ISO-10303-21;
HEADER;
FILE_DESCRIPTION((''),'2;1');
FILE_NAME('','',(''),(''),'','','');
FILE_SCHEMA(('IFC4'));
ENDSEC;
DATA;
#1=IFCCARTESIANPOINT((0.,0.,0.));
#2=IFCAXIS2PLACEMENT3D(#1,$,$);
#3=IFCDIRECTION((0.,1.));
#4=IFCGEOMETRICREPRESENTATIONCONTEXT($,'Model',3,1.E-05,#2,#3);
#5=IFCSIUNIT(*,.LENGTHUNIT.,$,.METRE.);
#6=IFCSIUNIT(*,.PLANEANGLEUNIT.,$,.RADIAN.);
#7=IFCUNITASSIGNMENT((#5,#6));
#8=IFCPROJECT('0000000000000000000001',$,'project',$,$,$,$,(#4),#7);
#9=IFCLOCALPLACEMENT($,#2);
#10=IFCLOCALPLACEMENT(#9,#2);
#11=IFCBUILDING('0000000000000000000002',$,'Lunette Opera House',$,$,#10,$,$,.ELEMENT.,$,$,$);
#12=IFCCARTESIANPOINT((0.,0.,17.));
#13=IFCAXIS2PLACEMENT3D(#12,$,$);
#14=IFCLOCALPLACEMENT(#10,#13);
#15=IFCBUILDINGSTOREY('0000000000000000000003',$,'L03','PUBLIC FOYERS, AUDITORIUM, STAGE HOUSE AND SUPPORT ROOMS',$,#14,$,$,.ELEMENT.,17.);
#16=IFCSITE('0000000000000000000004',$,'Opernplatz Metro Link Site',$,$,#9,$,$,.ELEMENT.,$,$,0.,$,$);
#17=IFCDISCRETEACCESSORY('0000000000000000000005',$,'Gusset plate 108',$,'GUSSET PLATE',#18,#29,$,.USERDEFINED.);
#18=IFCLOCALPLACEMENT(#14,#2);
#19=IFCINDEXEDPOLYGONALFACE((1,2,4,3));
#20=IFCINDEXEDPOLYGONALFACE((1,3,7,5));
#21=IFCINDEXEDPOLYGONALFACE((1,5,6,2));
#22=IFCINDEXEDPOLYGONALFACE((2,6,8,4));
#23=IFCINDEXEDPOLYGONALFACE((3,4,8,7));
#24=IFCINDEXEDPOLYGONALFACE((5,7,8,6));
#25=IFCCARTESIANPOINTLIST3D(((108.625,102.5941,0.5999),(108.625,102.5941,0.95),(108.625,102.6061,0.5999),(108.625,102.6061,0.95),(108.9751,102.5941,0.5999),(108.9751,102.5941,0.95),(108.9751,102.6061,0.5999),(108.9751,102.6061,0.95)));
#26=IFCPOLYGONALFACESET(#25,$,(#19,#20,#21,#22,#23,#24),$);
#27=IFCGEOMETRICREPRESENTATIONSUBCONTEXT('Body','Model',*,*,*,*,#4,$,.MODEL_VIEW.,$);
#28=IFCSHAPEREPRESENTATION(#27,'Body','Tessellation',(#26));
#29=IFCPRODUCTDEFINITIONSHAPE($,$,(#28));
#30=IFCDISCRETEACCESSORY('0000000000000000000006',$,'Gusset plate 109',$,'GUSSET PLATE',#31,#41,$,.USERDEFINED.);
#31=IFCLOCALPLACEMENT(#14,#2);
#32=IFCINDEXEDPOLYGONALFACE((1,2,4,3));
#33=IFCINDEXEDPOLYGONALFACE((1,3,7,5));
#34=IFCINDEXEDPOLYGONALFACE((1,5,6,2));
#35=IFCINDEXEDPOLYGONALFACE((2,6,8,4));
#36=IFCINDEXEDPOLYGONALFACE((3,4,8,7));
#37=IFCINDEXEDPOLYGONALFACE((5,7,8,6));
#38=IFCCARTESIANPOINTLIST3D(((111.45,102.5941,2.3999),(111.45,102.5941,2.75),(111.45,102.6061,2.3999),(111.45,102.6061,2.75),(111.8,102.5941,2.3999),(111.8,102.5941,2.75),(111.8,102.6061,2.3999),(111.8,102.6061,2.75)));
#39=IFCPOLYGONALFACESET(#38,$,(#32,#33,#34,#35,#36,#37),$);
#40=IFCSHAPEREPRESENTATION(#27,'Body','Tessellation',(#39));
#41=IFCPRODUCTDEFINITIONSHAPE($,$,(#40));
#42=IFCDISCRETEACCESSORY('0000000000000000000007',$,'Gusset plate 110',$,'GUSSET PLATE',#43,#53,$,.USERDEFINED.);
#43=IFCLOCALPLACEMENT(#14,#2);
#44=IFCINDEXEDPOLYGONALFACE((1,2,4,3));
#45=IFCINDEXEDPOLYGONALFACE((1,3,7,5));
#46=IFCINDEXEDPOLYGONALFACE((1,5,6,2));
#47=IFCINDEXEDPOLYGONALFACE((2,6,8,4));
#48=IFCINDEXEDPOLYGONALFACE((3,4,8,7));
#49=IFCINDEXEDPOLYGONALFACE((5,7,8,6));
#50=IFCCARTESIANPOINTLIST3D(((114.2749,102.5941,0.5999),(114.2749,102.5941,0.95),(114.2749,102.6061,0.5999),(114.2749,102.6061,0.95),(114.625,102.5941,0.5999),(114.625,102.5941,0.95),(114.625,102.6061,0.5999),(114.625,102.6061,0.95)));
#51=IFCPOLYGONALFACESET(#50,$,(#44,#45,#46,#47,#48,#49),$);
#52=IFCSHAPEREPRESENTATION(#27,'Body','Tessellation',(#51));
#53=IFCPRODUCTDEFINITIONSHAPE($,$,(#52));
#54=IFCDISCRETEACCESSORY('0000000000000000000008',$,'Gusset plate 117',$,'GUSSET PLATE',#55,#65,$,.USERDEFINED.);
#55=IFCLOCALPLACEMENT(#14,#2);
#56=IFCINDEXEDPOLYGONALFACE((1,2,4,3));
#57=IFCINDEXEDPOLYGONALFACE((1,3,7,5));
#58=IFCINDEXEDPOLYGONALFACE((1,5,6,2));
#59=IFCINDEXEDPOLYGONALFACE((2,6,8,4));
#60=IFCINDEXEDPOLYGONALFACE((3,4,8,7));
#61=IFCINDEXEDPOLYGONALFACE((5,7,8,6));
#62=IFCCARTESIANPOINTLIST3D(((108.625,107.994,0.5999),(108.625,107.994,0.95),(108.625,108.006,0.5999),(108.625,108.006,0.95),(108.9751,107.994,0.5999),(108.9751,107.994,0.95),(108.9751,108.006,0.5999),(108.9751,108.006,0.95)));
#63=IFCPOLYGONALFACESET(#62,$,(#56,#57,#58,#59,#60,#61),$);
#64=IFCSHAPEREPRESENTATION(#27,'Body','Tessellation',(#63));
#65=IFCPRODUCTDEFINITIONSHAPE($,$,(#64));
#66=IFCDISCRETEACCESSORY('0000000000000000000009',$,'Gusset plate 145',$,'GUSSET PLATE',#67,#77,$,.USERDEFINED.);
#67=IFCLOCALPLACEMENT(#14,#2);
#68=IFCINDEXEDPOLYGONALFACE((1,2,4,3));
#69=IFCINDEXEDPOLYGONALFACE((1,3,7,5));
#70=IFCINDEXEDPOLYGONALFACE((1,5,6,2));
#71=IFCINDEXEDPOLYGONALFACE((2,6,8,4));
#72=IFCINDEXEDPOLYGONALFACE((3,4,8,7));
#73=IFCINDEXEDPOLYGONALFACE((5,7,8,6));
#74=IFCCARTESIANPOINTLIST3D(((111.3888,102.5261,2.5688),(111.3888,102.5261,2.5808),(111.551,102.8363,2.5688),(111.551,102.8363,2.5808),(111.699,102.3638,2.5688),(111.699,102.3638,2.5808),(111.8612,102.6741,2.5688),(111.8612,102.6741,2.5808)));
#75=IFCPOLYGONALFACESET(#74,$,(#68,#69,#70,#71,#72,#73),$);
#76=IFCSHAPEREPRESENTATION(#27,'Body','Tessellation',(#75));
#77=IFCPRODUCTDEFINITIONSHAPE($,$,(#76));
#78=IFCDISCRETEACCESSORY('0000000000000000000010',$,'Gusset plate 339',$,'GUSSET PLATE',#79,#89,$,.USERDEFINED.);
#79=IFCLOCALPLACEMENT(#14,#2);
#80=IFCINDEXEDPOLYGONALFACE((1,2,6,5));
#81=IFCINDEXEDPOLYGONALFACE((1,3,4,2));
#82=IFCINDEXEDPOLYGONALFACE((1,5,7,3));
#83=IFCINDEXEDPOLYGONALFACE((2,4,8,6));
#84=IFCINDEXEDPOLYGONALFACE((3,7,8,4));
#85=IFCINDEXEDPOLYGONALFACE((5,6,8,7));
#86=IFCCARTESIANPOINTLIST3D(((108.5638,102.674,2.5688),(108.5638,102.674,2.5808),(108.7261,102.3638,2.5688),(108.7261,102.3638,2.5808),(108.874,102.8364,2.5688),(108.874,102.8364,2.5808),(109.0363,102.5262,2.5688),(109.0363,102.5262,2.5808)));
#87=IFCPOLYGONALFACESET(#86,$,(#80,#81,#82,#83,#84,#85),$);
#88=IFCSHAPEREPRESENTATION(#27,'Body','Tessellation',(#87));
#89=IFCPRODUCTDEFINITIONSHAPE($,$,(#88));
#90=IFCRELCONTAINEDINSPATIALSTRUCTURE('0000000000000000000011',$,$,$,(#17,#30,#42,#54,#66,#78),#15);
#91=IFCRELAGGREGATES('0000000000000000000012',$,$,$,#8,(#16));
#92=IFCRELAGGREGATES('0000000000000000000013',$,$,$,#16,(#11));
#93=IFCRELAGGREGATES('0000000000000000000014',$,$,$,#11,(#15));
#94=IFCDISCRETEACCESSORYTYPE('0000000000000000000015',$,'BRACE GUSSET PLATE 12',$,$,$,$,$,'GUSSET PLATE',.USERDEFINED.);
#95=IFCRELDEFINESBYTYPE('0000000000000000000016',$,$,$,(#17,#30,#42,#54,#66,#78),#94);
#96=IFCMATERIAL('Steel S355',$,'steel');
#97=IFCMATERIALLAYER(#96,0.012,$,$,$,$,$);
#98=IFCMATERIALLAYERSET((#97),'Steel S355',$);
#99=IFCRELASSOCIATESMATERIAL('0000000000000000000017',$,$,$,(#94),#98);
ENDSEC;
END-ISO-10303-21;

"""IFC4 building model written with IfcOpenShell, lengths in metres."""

from ifc_helpers import new_model, si_unit, direction, frame, origin, origin_2d, place, context, subcontext, project, spatial, rectangle, extrude, material, layer, layer_set, type_object, element, save


model = new_model("IFC4")

# Units and contexts
model_context = context("Model", 3, precision=1e-05, world=origin(), true_north=direction((0.0, 1.0)))
body_context = subcontext(model_context, "Body", "Model", "MODEL_VIEW")
ifc_project = project(units=[si_unit("LENGTHUNIT", "METRE"), si_unit("PLANEANGLEUNIT", "RADIAN")], contexts=[model_context])

# Site, building, storey
site_placement = place(None, origin())
site = spatial("IfcSite", under=ifc_project, at=site_placement, Name="Opernplatz Metro Link Site", CompositionType="ELEMENT", RefElevation=0.0)
building_placement = place(site_placement, origin())
building = spatial("IfcBuilding", under=site, at=building_placement, Name="Lunette Opera House", CompositionType="ELEMENT")
storey_placement = place(building_placement, frame((0.0, 0.0, 17.0)))
storey = spatial("IfcBuildingStorey", under=building, at=storey_placement, Name="L03", Description="PUBLIC FOYERS, AUDITORIUM, STAGE HOUSE AND SUPPORT ROOMS", CompositionType="ELEMENT", Elevation=17.0)

# Discrete accessories
ifc_material_1 = material(Name="Steel S355", Category="steel")
ifc_layer_1 = layer(ifc_material_1, 0.012)
ifc_layer_set_1 = layer_set([ifc_layer_1], Name="Steel S355")
discrete_accessory_type = type_object("IfcDiscreteAccessoryType", Name="BRACE GUSSET PLATE 12", ElementType="GUSSET PLATE", PredefinedType="USERDEFINED", material=ifc_layer_set_1)
for number, where, z_axis, x_axis, name in (
    (1, (108.8, 102.6001, 0.5999), (0.0, 0.0, 1.0), (1.0, 0.0, 0.0), "Gusset plate 108"),
    (2, (111.625, 102.6001, 2.3999), (0.0, 0.0, 1.0), (1.0, 0.0, 0.0), "Gusset plate 109"),
    (3, (114.45, 102.6001, 0.5999), (0.0, 0.0, 1.0), (1.0, 0.0, 0.0), "Gusset plate 110"),
    (4, (108.8, 108.0, 0.5999), (0.0, 0.0, 1.0), (1.0, 0.0, 0.0), "Gusset plate 117"),
):
    element("IfcDiscreteAccessory", number, at=place(storey_placement, frame(where, z_axis=z_axis, x_axis=x_axis)), inside=storey, type_object=discrete_accessory_type, Name=name, ObjectType="GUSSET PLATE", PredefinedType="USERDEFINED", context=body_context, shape_type="SweptSolid", body=[
        extrude(rectangle(XDim=0.3501, YDim=0.012, at=origin_2d()), origin(), (0.0, 0.0, 1.0), 0.3501),
    ])
for number, where, z_axis, x_axis, name in (
    (5, (111.625, 102.6001, 2.5688), (0.0, 0.0, 1.0), (0.463547, 0.886073, 0.0), "Gusset plate 145"),
    (6, (108.8, 102.6001, 2.5688), (0.0, 0.0, 1.0), (-0.463676, 0.886005, 0.0), "Gusset plate 339"),
):
    element("IfcDiscreteAccessory", number, at=place(storey_placement, frame(where, z_axis=z_axis, x_axis=x_axis)), inside=storey, type_object=discrete_accessory_type, Name=name, ObjectType="GUSSET PLATE", PredefinedType="USERDEFINED", context=body_context, shape_type="SweptSolid", body=[
        extrude(rectangle(XDim=0.3501, YDim=0.3501, at=origin_2d()), origin(), (0.0, 0.0, 1.0), 0.012),
    ])

save(model, "model.ifc")
